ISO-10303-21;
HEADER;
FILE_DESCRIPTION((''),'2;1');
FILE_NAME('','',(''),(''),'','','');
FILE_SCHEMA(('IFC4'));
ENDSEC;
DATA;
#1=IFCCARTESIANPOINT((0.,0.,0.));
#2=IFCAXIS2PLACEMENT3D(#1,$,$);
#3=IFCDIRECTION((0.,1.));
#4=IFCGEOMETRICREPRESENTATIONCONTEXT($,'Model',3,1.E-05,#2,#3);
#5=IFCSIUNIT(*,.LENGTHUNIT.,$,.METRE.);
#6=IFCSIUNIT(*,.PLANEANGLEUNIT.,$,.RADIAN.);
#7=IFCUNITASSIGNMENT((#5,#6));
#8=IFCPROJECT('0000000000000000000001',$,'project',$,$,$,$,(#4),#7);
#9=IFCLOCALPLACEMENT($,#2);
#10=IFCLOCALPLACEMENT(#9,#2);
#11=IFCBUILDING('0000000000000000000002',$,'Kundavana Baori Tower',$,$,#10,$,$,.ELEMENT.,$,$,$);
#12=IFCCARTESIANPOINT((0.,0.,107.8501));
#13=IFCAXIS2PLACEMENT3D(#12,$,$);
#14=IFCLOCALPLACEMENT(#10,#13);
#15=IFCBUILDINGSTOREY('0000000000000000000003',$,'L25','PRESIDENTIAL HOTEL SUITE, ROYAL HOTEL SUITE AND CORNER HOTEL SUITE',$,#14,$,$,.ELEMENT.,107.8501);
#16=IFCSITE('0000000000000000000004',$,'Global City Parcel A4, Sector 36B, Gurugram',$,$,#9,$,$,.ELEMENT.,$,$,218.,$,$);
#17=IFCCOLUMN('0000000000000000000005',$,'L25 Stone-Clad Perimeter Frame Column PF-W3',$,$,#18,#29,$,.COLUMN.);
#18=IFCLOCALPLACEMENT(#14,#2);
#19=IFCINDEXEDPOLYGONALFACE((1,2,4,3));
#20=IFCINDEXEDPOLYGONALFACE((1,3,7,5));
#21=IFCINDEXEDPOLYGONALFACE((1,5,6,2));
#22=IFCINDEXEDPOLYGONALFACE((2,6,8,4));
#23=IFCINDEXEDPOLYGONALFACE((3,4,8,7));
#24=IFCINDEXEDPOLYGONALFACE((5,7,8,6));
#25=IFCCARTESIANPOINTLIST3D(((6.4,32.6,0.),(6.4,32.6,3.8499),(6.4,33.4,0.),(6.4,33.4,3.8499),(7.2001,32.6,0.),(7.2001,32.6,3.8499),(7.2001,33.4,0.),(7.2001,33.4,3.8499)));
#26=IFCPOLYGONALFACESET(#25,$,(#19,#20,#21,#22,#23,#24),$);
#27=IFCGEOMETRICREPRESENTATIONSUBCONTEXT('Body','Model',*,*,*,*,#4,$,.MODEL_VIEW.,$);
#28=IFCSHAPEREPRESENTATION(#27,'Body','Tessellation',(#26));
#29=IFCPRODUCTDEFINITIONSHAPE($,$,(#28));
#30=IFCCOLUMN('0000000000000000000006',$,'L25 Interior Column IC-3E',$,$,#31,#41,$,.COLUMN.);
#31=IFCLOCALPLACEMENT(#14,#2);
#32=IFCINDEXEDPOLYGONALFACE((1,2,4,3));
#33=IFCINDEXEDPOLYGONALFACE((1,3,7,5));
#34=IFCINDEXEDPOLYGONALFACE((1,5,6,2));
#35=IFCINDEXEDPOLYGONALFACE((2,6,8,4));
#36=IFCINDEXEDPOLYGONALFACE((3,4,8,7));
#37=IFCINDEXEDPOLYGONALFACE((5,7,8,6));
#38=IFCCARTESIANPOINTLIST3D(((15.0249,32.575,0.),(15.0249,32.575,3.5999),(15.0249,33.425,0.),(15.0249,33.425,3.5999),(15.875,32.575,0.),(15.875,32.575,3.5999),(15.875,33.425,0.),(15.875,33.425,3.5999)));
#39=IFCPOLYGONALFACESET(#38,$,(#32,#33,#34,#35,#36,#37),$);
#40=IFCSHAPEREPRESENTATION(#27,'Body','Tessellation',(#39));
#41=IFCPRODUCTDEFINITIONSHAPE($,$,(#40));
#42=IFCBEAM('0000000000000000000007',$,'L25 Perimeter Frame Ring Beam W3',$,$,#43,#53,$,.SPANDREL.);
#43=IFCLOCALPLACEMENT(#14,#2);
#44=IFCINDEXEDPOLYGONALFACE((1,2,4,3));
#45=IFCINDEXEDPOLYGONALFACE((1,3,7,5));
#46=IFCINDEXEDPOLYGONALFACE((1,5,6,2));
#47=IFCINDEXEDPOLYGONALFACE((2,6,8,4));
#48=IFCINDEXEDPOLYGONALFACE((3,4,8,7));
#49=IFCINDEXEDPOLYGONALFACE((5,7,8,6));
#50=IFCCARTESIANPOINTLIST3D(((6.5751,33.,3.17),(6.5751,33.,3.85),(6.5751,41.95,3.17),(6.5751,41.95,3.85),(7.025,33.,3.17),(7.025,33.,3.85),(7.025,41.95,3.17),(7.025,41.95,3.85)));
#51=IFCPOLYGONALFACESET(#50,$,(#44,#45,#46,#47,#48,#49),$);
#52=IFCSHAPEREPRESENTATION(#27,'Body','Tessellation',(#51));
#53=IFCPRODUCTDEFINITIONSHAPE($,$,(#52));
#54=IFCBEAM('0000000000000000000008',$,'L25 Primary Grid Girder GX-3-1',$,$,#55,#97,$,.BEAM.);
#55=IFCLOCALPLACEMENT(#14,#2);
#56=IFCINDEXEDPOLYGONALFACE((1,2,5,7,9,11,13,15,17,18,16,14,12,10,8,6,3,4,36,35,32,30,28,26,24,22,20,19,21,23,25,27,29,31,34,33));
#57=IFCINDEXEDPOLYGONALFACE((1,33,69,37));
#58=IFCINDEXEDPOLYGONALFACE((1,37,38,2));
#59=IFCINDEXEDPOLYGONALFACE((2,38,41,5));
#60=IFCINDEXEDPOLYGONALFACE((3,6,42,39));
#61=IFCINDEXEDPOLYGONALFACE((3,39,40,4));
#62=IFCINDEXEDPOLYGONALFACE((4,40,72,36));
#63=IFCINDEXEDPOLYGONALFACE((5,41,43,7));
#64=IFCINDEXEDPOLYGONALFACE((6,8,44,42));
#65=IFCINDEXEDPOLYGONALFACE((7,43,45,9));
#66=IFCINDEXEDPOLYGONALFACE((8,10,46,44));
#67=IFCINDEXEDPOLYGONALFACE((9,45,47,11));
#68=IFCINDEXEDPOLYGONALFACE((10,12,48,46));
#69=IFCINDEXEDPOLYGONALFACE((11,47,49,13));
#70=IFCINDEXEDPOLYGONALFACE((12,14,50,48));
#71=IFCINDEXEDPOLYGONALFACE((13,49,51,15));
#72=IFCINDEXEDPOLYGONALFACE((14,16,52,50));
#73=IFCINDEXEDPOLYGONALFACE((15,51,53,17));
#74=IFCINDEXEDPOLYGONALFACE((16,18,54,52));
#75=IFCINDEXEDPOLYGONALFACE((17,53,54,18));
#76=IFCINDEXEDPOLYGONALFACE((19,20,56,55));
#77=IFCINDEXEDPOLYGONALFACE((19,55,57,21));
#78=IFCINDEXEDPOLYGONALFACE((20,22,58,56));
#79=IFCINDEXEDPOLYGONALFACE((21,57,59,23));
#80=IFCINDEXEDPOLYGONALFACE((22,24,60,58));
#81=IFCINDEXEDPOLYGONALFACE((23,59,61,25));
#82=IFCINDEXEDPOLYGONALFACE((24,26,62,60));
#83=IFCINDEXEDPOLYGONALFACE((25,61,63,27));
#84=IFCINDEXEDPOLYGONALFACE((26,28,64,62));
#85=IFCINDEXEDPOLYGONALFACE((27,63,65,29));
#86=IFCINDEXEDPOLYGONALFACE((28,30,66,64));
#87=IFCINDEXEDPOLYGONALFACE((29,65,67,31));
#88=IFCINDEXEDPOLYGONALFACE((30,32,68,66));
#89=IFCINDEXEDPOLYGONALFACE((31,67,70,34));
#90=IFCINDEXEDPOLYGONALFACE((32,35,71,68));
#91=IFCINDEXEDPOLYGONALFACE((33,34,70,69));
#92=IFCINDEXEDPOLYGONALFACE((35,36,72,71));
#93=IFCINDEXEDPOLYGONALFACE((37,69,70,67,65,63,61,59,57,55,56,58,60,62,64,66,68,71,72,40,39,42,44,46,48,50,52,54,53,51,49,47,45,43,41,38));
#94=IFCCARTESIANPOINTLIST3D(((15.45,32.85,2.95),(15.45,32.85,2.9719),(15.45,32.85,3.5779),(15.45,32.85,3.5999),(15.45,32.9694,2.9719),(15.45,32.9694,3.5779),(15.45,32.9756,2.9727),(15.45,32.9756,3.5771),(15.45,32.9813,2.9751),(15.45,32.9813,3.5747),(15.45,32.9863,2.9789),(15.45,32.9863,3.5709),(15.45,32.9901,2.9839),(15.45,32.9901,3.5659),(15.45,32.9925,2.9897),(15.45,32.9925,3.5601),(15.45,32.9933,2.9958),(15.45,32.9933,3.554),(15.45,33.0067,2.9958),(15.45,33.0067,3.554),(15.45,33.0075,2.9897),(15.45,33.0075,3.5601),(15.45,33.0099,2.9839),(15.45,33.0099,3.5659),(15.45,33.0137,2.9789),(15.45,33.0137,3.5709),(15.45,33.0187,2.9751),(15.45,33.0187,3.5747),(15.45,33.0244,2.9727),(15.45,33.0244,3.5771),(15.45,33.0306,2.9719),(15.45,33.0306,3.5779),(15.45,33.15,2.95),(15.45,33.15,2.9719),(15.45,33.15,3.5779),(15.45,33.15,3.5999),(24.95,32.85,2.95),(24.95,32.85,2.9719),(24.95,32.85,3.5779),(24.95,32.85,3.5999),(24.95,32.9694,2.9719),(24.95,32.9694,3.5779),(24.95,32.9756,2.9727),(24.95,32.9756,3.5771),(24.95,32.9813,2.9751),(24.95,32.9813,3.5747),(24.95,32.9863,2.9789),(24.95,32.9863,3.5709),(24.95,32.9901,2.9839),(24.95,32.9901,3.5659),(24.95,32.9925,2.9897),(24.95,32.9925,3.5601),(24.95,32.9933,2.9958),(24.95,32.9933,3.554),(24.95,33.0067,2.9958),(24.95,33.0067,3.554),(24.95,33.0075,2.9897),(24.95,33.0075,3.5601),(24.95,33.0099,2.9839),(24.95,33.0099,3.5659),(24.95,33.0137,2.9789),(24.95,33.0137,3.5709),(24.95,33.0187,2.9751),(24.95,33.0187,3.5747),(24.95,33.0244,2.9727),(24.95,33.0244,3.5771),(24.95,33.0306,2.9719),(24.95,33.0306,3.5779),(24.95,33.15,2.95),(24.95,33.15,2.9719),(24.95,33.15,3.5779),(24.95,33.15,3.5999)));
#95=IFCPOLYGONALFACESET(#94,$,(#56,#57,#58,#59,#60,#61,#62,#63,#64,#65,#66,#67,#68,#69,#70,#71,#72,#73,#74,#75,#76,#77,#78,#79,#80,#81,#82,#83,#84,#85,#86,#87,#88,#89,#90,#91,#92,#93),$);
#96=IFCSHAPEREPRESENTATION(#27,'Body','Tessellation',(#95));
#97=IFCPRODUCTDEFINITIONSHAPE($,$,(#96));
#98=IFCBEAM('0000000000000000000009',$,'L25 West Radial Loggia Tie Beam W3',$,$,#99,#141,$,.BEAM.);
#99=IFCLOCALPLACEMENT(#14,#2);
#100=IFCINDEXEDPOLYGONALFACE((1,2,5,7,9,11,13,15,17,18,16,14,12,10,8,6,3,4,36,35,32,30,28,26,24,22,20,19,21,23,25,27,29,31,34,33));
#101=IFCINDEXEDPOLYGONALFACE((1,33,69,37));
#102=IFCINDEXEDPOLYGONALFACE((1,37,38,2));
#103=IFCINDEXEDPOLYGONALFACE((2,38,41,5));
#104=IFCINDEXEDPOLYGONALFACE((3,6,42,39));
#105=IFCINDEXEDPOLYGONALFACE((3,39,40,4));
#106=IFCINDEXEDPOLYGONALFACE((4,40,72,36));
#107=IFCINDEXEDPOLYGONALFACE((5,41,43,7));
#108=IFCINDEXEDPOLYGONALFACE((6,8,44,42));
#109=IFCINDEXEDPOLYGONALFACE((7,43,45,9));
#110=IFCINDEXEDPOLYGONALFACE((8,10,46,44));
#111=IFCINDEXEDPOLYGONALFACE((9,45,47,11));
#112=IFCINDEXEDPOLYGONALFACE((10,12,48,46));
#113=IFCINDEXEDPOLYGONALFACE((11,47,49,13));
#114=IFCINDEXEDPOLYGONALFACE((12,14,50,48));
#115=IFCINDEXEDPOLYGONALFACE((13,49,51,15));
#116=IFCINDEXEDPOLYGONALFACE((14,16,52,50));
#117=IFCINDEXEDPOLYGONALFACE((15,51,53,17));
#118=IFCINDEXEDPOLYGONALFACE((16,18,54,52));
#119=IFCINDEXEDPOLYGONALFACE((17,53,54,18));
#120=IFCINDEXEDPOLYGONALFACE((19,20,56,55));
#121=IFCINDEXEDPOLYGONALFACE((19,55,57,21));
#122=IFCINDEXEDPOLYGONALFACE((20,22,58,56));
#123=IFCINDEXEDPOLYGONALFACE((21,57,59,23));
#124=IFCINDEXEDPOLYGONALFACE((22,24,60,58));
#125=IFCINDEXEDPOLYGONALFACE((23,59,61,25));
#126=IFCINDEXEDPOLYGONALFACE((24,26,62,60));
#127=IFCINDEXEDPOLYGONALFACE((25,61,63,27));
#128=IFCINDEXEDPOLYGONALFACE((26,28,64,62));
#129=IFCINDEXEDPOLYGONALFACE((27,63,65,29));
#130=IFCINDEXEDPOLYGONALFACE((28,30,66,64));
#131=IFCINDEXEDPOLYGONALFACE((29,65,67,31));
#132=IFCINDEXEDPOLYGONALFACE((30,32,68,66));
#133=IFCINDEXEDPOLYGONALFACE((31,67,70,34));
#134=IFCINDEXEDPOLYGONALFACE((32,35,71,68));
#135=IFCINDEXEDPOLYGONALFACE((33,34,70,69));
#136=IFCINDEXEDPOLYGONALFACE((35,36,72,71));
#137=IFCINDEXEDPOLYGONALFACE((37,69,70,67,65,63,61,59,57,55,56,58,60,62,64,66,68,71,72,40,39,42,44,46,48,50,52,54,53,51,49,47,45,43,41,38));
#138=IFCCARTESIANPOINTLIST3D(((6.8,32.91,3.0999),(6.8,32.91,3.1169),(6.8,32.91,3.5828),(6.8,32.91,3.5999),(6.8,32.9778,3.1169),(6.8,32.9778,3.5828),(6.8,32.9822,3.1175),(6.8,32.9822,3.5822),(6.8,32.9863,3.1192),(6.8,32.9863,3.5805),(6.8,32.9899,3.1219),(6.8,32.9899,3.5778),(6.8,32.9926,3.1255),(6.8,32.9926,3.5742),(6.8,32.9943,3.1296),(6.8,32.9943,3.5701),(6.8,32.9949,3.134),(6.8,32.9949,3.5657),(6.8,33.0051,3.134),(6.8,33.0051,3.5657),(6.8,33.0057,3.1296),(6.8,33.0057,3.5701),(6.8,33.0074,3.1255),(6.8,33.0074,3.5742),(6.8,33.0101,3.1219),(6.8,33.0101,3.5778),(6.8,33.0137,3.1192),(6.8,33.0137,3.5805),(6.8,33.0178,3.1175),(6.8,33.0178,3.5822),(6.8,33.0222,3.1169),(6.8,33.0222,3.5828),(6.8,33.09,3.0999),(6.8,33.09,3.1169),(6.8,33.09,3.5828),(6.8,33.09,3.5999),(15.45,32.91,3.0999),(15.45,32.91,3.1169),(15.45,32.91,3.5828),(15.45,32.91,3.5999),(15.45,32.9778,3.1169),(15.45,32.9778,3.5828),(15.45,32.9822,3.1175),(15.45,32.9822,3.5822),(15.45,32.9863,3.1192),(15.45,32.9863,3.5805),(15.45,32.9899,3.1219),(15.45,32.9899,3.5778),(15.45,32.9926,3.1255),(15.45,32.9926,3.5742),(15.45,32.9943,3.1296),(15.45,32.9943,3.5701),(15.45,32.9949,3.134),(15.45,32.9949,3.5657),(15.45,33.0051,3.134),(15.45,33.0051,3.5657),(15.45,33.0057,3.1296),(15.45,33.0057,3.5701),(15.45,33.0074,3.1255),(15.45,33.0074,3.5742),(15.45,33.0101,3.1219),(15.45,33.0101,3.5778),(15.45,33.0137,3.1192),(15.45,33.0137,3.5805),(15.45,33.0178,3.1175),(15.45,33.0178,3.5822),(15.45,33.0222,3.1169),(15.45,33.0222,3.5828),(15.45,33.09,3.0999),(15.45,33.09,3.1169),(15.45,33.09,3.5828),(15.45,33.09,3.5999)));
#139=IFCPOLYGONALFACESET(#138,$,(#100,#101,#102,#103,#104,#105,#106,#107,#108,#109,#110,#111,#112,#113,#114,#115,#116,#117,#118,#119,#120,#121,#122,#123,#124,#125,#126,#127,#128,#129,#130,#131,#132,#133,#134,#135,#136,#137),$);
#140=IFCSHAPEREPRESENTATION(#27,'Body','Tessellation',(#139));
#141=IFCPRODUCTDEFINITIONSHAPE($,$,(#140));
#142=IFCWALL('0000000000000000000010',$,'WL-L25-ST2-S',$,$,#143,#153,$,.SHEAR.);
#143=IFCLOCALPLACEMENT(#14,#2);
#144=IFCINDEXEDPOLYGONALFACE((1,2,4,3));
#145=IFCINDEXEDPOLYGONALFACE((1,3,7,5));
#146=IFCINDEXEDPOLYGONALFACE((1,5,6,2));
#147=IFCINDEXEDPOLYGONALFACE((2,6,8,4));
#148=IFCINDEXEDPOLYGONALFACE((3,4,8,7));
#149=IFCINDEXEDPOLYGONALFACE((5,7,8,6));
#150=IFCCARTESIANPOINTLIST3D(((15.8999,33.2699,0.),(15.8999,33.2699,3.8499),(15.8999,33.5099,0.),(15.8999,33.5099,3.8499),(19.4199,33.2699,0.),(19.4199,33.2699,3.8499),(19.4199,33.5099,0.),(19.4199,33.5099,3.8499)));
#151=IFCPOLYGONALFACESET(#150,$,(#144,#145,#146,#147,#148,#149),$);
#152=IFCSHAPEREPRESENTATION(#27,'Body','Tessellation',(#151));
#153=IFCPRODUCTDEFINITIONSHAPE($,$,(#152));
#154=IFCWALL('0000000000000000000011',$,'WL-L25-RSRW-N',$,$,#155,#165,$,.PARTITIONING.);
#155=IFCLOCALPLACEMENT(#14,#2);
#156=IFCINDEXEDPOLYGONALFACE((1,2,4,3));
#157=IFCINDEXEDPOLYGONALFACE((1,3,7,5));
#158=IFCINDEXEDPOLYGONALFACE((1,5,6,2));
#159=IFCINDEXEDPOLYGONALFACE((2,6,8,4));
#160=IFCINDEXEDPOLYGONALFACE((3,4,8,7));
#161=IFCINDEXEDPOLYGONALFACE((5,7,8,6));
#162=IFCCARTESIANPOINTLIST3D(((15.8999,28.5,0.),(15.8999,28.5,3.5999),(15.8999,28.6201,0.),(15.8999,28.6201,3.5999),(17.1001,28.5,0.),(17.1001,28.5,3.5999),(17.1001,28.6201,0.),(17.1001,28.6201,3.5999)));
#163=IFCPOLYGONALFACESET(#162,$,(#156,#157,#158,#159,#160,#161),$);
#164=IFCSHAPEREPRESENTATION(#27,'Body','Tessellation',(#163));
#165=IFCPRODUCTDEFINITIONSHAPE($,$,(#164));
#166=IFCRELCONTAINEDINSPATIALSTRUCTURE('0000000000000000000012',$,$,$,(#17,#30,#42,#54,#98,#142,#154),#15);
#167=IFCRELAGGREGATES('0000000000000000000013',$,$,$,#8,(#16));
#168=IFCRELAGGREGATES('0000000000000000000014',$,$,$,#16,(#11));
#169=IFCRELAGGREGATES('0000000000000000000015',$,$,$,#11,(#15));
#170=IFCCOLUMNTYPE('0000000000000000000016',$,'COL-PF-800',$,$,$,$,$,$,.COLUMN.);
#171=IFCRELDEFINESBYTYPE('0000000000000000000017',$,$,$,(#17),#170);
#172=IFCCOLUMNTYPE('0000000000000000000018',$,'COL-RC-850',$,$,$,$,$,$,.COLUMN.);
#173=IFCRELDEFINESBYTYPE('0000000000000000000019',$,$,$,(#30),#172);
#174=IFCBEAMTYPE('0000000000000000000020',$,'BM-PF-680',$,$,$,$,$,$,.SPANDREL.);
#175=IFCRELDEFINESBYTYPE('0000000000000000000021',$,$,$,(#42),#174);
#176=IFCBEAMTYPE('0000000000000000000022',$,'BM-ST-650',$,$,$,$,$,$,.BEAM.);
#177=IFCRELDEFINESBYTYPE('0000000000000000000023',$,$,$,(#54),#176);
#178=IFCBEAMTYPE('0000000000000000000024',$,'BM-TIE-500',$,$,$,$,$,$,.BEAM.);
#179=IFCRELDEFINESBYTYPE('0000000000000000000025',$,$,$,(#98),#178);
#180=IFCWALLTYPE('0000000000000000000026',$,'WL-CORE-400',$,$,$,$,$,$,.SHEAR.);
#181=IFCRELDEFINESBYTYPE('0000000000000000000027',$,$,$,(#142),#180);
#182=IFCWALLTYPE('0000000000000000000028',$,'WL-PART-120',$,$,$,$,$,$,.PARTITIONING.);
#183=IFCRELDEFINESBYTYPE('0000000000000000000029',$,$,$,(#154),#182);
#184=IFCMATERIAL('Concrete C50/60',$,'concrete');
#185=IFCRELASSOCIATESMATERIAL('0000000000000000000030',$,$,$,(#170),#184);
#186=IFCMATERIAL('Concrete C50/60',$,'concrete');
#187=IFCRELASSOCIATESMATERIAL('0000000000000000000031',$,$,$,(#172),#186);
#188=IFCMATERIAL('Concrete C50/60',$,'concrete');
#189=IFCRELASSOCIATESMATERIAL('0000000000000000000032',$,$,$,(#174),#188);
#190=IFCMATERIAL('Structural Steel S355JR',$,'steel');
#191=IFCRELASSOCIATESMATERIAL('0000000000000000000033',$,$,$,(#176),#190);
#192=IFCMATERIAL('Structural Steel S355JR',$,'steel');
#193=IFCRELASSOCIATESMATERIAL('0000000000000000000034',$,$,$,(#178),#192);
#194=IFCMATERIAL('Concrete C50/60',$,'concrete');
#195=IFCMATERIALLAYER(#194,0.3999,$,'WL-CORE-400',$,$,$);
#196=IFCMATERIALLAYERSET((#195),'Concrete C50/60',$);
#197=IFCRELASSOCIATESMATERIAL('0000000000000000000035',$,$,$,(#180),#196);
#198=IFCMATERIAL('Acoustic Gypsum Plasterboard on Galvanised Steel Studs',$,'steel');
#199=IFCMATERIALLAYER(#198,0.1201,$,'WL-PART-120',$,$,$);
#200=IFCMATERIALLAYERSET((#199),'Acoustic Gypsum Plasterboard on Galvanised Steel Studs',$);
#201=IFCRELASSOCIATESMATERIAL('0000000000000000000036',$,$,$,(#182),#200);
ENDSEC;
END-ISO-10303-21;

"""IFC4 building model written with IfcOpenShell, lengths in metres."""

from ifc_helpers import new_model, si_unit, direction, frame, frame_2d, origin, origin_2d, place, context, subcontext, project, spatial, rectangle, i_section, extrude, material, layer, layer_set, material_profile, profile_set, type_object, element, save


model = new_model("IFC4")

# Units and contexts
model_context = context("Model", 3, precision=1e-05, world=origin(), true_north=direction((0.0, 1.0)))
body_context = subcontext(model_context, "Body", "Model", "MODEL_VIEW")
ifc_project = project(units=[si_unit("LENGTHUNIT", "METRE"), si_unit("PLANEANGLEUNIT", "RADIAN")], contexts=[model_context])

# Site, building, storey
site_placement = place(None, origin())
site = spatial("IfcSite", under=ifc_project, at=site_placement, Name="Global City Parcel A4, Sector 36B, Gurugram", CompositionType="ELEMENT", RefElevation=218.0)
building_placement = place(site_placement, origin())
building = spatial("IfcBuilding", under=site, at=building_placement, Name="Kundavana Baori Tower", CompositionType="ELEMENT")
storey_placement = place(building_placement, frame((0.0, 0.0, 107.8501)))
storey = spatial("IfcBuildingStorey", under=building, at=storey_placement, Name="L25", Description="PRESIDENTIAL HOTEL SUITE, ROYAL HOTEL SUITE AND CORNER HOTEL SUITE", CompositionType="ELEMENT", Elevation=107.8501)

# Columns
ifc_material_1 = material(Name="Concrete C50/60", Category="concrete")
ifc_material_profile_1 = material_profile(ifc_material_1, rectangle(XDim=0.8, YDim=0.8, at=origin_2d()), Name="RC PF 800x800")
ifc_profile_set_1 = profile_set([ifc_material_profile_1], Name="Concrete C50/60")
column_type_1 = type_object("IfcColumnType", Name="COL-PF-800", PredefinedType="COLUMN", material=ifc_profile_set_1)
column_1_placement = place(storey_placement, frame((6.8, 33.0, 0.0), z_axis=(0.0, 0.0, 1.0), x_axis=(1.0, 0.0, 0.0)))
element("IfcColumn", 1, at=column_1_placement, inside=storey, type_object=column_type_1, Name="L25 Stone-Clad Perimeter Frame Column PF-W3", PredefinedType="COLUMN", context=body_context, shape_type="SweptSolid", body=[
    extrude(rectangle(XDim=0.8, YDim=0.8, at=origin_2d()), origin(), (0.0, 0.0, 1.0), 3.8499),
])
ifc_material_2 = material(Name="Concrete C50/60", Category="concrete")
ifc_material_profile_2 = material_profile(ifc_material_2, rectangle(XDim=0.8501, YDim=0.8501, at=origin_2d()), Name="RC 850x850")
ifc_profile_set_2 = profile_set([ifc_material_profile_2], Name="Concrete C50/60")
column_type_2 = type_object("IfcColumnType", Name="COL-RC-850", PredefinedType="COLUMN", material=ifc_profile_set_2)
column_2_placement = place(storey_placement, frame((15.45, 33.0, 0.0), z_axis=(0.0, 0.0, 1.0), x_axis=(1.0, 0.0, 0.0)))
element("IfcColumn", 2, at=column_2_placement, inside=storey, type_object=column_type_2, Name="L25 Interior Column IC-3E", PredefinedType="COLUMN", context=body_context, shape_type="SweptSolid", body=[
    extrude(rectangle(XDim=0.8501, YDim=0.8501, at=origin_2d()), origin(), (0.0, 0.0, 1.0), 3.5999),
])

# Beams
ifc_material_3 = material(Name="Concrete C50/60", Category="concrete")
ifc_material_profile_3 = material_profile(ifc_material_3, rectangle(XDim=0.45, YDim=0.6799, at=origin_2d()), Name="RC BM 450x680")
ifc_profile_set_3 = profile_set([ifc_material_profile_3], Name="Concrete C50/60")
beam_type_1 = type_object("IfcBeamType", Name="BM-PF-680", PredefinedType="SPANDREL", material=ifc_profile_set_3)
beam_1_placement = place(storey_placement, frame((6.8, 33.0, 3.51), z_axis=(0.0, 1.0, 0.0), x_axis=(-1.0, 0.0, 0.0)))
element("IfcBeam", 3, at=beam_1_placement, inside=storey, type_object=beam_type_1, Name="L25 Perimeter Frame Ring Beam W3", PredefinedType="SPANDREL", context=body_context, shape_type="SweptSolid", body=[
    extrude(rectangle(XDim=0.45, YDim=0.6799, at=origin_2d()), origin(), (0.0, 0.0, 1.0), 8.95),
])
ifc_material_4 = material(Name="Structural Steel S355JR", Category="steel")
ifc_material_profile_4 = material_profile(ifc_material_4, i_section(OverallWidth=0.3, OverallDepth=0.6499, WebThickness=0.0134, FlangeThickness=0.022, FilletRadius=0.0239, at=origin_2d()), Name="NPB 650x300x155")
ifc_profile_set_4 = profile_set([ifc_material_profile_4], Name="Structural Steel S355JR")
beam_type_2 = type_object("IfcBeamType", Name="BM-ST-650", PredefinedType="BEAM", material=ifc_profile_set_4)
beam_2_placement = place(storey_placement, frame((15.45, 33.0, 3.2749), z_axis=(1.0, 0.0, 0.0), x_axis=(0.0, 1.0, 0.0)))
element("IfcBeam", 4, at=beam_2_placement, inside=storey, type_object=beam_type_2, Name="L25 Primary Grid Girder GX-3-1", PredefinedType="BEAM", context=body_context, shape_type="SweptSolid", body=[
    extrude(i_section(OverallWidth=0.3, OverallDepth=0.6499, WebThickness=0.0134, FlangeThickness=0.022, FilletRadius=0.0239, at=origin_2d()), origin(), (0.0, 0.0, 1.0), 9.5),
])
ifc_material_5 = material(Name="Structural Steel S355JR", Category="steel")
ifc_material_profile_5 = material_profile(ifc_material_5, i_section(OverallWidth=0.1799, OverallDepth=0.5, WebThickness=0.0103, FlangeThickness=0.0171, FilletRadius=0.0171, at=origin_2d()), Name="ISMB 500")
ifc_profile_set_5 = profile_set([ifc_material_profile_5], Name="Structural Steel S355JR")
beam_type_3 = type_object("IfcBeamType", Name="BM-TIE-500", PredefinedType="BEAM", material=ifc_profile_set_5)
beam_3_placement = place(storey_placement, frame((15.45, 33.0, 3.3499), z_axis=(-1.0, 0.0, 0.0), x_axis=(0.0, -1.0, 0.0)))
element("IfcBeam", 5, at=beam_3_placement, inside=storey, type_object=beam_type_3, Name="L25 West Radial Loggia Tie Beam W3", PredefinedType="BEAM", context=body_context, shape_type="SweptSolid", body=[
    extrude(i_section(OverallWidth=0.1799, OverallDepth=0.5, WebThickness=0.0103, FlangeThickness=0.0171, FilletRadius=0.0171, at=origin_2d()), origin(), (0.0, 0.0, 1.0), 8.6499),
])

# Walls
ifc_material_6 = material(Name="Concrete C50/60", Category="concrete")
ifc_layer_1 = layer(ifc_material_6, 0.3999, Name="WL-CORE-400")
ifc_layer_set_1 = layer_set([ifc_layer_1], Name="Concrete C50/60")
wall_type_1 = type_object("IfcWallType", Name="WL-CORE-400", PredefinedType="SHEAR", material=ifc_layer_set_1)
wall_1_placement = place(storey_placement, frame((15.8999, 33.3899, 0.0), z_axis=(0.0, 0.0, 1.0), x_axis=(1.0, 0.0, 0.0)))
element("IfcWall", 6, at=wall_1_placement, inside=storey, type_object=wall_type_1, Name="WL-L25-ST2-S", PredefinedType="SHEAR", context=body_context, shape_type="SweptSolid", body=[
    extrude(rectangle(XDim=3.52, YDim=0.24, at=frame_2d((1.76, 0.0))), origin(), (0.0, 0.0, 1.0), 3.8499),
])
ifc_material_7 = material(Name="Acoustic Gypsum Plasterboard on Galvanised Steel Studs", Category="steel")
ifc_layer_2 = layer(ifc_material_7, 0.1201, Name="WL-PART-120")
ifc_layer_set_2 = layer_set([ifc_layer_2], Name="Acoustic Gypsum Plasterboard on Galvanised Steel Studs")
wall_type_2 = type_object("IfcWallType", Name="WL-PART-120", PredefinedType="PARTITIONING", material=ifc_layer_set_2)
wall_2_placement = place(storey_placement, frame((15.8999, 28.5601, 0.0), z_axis=(0.0, 0.0, 1.0), x_axis=(1.0, 0.0, 0.0)))
element("IfcWall", 7, at=wall_2_placement, inside=storey, type_object=wall_type_2, Name="WL-L25-RSRW-N", PredefinedType="PARTITIONING", context=body_context, shape_type="SweptSolid", body=[
    extrude(rectangle(XDim=1.2002, YDim=0.1201, at=frame_2d((0.6001, 0.0))), origin(), (0.0, 0.0, 1.0), 3.5999),
])

save(model, "model.ifc")
